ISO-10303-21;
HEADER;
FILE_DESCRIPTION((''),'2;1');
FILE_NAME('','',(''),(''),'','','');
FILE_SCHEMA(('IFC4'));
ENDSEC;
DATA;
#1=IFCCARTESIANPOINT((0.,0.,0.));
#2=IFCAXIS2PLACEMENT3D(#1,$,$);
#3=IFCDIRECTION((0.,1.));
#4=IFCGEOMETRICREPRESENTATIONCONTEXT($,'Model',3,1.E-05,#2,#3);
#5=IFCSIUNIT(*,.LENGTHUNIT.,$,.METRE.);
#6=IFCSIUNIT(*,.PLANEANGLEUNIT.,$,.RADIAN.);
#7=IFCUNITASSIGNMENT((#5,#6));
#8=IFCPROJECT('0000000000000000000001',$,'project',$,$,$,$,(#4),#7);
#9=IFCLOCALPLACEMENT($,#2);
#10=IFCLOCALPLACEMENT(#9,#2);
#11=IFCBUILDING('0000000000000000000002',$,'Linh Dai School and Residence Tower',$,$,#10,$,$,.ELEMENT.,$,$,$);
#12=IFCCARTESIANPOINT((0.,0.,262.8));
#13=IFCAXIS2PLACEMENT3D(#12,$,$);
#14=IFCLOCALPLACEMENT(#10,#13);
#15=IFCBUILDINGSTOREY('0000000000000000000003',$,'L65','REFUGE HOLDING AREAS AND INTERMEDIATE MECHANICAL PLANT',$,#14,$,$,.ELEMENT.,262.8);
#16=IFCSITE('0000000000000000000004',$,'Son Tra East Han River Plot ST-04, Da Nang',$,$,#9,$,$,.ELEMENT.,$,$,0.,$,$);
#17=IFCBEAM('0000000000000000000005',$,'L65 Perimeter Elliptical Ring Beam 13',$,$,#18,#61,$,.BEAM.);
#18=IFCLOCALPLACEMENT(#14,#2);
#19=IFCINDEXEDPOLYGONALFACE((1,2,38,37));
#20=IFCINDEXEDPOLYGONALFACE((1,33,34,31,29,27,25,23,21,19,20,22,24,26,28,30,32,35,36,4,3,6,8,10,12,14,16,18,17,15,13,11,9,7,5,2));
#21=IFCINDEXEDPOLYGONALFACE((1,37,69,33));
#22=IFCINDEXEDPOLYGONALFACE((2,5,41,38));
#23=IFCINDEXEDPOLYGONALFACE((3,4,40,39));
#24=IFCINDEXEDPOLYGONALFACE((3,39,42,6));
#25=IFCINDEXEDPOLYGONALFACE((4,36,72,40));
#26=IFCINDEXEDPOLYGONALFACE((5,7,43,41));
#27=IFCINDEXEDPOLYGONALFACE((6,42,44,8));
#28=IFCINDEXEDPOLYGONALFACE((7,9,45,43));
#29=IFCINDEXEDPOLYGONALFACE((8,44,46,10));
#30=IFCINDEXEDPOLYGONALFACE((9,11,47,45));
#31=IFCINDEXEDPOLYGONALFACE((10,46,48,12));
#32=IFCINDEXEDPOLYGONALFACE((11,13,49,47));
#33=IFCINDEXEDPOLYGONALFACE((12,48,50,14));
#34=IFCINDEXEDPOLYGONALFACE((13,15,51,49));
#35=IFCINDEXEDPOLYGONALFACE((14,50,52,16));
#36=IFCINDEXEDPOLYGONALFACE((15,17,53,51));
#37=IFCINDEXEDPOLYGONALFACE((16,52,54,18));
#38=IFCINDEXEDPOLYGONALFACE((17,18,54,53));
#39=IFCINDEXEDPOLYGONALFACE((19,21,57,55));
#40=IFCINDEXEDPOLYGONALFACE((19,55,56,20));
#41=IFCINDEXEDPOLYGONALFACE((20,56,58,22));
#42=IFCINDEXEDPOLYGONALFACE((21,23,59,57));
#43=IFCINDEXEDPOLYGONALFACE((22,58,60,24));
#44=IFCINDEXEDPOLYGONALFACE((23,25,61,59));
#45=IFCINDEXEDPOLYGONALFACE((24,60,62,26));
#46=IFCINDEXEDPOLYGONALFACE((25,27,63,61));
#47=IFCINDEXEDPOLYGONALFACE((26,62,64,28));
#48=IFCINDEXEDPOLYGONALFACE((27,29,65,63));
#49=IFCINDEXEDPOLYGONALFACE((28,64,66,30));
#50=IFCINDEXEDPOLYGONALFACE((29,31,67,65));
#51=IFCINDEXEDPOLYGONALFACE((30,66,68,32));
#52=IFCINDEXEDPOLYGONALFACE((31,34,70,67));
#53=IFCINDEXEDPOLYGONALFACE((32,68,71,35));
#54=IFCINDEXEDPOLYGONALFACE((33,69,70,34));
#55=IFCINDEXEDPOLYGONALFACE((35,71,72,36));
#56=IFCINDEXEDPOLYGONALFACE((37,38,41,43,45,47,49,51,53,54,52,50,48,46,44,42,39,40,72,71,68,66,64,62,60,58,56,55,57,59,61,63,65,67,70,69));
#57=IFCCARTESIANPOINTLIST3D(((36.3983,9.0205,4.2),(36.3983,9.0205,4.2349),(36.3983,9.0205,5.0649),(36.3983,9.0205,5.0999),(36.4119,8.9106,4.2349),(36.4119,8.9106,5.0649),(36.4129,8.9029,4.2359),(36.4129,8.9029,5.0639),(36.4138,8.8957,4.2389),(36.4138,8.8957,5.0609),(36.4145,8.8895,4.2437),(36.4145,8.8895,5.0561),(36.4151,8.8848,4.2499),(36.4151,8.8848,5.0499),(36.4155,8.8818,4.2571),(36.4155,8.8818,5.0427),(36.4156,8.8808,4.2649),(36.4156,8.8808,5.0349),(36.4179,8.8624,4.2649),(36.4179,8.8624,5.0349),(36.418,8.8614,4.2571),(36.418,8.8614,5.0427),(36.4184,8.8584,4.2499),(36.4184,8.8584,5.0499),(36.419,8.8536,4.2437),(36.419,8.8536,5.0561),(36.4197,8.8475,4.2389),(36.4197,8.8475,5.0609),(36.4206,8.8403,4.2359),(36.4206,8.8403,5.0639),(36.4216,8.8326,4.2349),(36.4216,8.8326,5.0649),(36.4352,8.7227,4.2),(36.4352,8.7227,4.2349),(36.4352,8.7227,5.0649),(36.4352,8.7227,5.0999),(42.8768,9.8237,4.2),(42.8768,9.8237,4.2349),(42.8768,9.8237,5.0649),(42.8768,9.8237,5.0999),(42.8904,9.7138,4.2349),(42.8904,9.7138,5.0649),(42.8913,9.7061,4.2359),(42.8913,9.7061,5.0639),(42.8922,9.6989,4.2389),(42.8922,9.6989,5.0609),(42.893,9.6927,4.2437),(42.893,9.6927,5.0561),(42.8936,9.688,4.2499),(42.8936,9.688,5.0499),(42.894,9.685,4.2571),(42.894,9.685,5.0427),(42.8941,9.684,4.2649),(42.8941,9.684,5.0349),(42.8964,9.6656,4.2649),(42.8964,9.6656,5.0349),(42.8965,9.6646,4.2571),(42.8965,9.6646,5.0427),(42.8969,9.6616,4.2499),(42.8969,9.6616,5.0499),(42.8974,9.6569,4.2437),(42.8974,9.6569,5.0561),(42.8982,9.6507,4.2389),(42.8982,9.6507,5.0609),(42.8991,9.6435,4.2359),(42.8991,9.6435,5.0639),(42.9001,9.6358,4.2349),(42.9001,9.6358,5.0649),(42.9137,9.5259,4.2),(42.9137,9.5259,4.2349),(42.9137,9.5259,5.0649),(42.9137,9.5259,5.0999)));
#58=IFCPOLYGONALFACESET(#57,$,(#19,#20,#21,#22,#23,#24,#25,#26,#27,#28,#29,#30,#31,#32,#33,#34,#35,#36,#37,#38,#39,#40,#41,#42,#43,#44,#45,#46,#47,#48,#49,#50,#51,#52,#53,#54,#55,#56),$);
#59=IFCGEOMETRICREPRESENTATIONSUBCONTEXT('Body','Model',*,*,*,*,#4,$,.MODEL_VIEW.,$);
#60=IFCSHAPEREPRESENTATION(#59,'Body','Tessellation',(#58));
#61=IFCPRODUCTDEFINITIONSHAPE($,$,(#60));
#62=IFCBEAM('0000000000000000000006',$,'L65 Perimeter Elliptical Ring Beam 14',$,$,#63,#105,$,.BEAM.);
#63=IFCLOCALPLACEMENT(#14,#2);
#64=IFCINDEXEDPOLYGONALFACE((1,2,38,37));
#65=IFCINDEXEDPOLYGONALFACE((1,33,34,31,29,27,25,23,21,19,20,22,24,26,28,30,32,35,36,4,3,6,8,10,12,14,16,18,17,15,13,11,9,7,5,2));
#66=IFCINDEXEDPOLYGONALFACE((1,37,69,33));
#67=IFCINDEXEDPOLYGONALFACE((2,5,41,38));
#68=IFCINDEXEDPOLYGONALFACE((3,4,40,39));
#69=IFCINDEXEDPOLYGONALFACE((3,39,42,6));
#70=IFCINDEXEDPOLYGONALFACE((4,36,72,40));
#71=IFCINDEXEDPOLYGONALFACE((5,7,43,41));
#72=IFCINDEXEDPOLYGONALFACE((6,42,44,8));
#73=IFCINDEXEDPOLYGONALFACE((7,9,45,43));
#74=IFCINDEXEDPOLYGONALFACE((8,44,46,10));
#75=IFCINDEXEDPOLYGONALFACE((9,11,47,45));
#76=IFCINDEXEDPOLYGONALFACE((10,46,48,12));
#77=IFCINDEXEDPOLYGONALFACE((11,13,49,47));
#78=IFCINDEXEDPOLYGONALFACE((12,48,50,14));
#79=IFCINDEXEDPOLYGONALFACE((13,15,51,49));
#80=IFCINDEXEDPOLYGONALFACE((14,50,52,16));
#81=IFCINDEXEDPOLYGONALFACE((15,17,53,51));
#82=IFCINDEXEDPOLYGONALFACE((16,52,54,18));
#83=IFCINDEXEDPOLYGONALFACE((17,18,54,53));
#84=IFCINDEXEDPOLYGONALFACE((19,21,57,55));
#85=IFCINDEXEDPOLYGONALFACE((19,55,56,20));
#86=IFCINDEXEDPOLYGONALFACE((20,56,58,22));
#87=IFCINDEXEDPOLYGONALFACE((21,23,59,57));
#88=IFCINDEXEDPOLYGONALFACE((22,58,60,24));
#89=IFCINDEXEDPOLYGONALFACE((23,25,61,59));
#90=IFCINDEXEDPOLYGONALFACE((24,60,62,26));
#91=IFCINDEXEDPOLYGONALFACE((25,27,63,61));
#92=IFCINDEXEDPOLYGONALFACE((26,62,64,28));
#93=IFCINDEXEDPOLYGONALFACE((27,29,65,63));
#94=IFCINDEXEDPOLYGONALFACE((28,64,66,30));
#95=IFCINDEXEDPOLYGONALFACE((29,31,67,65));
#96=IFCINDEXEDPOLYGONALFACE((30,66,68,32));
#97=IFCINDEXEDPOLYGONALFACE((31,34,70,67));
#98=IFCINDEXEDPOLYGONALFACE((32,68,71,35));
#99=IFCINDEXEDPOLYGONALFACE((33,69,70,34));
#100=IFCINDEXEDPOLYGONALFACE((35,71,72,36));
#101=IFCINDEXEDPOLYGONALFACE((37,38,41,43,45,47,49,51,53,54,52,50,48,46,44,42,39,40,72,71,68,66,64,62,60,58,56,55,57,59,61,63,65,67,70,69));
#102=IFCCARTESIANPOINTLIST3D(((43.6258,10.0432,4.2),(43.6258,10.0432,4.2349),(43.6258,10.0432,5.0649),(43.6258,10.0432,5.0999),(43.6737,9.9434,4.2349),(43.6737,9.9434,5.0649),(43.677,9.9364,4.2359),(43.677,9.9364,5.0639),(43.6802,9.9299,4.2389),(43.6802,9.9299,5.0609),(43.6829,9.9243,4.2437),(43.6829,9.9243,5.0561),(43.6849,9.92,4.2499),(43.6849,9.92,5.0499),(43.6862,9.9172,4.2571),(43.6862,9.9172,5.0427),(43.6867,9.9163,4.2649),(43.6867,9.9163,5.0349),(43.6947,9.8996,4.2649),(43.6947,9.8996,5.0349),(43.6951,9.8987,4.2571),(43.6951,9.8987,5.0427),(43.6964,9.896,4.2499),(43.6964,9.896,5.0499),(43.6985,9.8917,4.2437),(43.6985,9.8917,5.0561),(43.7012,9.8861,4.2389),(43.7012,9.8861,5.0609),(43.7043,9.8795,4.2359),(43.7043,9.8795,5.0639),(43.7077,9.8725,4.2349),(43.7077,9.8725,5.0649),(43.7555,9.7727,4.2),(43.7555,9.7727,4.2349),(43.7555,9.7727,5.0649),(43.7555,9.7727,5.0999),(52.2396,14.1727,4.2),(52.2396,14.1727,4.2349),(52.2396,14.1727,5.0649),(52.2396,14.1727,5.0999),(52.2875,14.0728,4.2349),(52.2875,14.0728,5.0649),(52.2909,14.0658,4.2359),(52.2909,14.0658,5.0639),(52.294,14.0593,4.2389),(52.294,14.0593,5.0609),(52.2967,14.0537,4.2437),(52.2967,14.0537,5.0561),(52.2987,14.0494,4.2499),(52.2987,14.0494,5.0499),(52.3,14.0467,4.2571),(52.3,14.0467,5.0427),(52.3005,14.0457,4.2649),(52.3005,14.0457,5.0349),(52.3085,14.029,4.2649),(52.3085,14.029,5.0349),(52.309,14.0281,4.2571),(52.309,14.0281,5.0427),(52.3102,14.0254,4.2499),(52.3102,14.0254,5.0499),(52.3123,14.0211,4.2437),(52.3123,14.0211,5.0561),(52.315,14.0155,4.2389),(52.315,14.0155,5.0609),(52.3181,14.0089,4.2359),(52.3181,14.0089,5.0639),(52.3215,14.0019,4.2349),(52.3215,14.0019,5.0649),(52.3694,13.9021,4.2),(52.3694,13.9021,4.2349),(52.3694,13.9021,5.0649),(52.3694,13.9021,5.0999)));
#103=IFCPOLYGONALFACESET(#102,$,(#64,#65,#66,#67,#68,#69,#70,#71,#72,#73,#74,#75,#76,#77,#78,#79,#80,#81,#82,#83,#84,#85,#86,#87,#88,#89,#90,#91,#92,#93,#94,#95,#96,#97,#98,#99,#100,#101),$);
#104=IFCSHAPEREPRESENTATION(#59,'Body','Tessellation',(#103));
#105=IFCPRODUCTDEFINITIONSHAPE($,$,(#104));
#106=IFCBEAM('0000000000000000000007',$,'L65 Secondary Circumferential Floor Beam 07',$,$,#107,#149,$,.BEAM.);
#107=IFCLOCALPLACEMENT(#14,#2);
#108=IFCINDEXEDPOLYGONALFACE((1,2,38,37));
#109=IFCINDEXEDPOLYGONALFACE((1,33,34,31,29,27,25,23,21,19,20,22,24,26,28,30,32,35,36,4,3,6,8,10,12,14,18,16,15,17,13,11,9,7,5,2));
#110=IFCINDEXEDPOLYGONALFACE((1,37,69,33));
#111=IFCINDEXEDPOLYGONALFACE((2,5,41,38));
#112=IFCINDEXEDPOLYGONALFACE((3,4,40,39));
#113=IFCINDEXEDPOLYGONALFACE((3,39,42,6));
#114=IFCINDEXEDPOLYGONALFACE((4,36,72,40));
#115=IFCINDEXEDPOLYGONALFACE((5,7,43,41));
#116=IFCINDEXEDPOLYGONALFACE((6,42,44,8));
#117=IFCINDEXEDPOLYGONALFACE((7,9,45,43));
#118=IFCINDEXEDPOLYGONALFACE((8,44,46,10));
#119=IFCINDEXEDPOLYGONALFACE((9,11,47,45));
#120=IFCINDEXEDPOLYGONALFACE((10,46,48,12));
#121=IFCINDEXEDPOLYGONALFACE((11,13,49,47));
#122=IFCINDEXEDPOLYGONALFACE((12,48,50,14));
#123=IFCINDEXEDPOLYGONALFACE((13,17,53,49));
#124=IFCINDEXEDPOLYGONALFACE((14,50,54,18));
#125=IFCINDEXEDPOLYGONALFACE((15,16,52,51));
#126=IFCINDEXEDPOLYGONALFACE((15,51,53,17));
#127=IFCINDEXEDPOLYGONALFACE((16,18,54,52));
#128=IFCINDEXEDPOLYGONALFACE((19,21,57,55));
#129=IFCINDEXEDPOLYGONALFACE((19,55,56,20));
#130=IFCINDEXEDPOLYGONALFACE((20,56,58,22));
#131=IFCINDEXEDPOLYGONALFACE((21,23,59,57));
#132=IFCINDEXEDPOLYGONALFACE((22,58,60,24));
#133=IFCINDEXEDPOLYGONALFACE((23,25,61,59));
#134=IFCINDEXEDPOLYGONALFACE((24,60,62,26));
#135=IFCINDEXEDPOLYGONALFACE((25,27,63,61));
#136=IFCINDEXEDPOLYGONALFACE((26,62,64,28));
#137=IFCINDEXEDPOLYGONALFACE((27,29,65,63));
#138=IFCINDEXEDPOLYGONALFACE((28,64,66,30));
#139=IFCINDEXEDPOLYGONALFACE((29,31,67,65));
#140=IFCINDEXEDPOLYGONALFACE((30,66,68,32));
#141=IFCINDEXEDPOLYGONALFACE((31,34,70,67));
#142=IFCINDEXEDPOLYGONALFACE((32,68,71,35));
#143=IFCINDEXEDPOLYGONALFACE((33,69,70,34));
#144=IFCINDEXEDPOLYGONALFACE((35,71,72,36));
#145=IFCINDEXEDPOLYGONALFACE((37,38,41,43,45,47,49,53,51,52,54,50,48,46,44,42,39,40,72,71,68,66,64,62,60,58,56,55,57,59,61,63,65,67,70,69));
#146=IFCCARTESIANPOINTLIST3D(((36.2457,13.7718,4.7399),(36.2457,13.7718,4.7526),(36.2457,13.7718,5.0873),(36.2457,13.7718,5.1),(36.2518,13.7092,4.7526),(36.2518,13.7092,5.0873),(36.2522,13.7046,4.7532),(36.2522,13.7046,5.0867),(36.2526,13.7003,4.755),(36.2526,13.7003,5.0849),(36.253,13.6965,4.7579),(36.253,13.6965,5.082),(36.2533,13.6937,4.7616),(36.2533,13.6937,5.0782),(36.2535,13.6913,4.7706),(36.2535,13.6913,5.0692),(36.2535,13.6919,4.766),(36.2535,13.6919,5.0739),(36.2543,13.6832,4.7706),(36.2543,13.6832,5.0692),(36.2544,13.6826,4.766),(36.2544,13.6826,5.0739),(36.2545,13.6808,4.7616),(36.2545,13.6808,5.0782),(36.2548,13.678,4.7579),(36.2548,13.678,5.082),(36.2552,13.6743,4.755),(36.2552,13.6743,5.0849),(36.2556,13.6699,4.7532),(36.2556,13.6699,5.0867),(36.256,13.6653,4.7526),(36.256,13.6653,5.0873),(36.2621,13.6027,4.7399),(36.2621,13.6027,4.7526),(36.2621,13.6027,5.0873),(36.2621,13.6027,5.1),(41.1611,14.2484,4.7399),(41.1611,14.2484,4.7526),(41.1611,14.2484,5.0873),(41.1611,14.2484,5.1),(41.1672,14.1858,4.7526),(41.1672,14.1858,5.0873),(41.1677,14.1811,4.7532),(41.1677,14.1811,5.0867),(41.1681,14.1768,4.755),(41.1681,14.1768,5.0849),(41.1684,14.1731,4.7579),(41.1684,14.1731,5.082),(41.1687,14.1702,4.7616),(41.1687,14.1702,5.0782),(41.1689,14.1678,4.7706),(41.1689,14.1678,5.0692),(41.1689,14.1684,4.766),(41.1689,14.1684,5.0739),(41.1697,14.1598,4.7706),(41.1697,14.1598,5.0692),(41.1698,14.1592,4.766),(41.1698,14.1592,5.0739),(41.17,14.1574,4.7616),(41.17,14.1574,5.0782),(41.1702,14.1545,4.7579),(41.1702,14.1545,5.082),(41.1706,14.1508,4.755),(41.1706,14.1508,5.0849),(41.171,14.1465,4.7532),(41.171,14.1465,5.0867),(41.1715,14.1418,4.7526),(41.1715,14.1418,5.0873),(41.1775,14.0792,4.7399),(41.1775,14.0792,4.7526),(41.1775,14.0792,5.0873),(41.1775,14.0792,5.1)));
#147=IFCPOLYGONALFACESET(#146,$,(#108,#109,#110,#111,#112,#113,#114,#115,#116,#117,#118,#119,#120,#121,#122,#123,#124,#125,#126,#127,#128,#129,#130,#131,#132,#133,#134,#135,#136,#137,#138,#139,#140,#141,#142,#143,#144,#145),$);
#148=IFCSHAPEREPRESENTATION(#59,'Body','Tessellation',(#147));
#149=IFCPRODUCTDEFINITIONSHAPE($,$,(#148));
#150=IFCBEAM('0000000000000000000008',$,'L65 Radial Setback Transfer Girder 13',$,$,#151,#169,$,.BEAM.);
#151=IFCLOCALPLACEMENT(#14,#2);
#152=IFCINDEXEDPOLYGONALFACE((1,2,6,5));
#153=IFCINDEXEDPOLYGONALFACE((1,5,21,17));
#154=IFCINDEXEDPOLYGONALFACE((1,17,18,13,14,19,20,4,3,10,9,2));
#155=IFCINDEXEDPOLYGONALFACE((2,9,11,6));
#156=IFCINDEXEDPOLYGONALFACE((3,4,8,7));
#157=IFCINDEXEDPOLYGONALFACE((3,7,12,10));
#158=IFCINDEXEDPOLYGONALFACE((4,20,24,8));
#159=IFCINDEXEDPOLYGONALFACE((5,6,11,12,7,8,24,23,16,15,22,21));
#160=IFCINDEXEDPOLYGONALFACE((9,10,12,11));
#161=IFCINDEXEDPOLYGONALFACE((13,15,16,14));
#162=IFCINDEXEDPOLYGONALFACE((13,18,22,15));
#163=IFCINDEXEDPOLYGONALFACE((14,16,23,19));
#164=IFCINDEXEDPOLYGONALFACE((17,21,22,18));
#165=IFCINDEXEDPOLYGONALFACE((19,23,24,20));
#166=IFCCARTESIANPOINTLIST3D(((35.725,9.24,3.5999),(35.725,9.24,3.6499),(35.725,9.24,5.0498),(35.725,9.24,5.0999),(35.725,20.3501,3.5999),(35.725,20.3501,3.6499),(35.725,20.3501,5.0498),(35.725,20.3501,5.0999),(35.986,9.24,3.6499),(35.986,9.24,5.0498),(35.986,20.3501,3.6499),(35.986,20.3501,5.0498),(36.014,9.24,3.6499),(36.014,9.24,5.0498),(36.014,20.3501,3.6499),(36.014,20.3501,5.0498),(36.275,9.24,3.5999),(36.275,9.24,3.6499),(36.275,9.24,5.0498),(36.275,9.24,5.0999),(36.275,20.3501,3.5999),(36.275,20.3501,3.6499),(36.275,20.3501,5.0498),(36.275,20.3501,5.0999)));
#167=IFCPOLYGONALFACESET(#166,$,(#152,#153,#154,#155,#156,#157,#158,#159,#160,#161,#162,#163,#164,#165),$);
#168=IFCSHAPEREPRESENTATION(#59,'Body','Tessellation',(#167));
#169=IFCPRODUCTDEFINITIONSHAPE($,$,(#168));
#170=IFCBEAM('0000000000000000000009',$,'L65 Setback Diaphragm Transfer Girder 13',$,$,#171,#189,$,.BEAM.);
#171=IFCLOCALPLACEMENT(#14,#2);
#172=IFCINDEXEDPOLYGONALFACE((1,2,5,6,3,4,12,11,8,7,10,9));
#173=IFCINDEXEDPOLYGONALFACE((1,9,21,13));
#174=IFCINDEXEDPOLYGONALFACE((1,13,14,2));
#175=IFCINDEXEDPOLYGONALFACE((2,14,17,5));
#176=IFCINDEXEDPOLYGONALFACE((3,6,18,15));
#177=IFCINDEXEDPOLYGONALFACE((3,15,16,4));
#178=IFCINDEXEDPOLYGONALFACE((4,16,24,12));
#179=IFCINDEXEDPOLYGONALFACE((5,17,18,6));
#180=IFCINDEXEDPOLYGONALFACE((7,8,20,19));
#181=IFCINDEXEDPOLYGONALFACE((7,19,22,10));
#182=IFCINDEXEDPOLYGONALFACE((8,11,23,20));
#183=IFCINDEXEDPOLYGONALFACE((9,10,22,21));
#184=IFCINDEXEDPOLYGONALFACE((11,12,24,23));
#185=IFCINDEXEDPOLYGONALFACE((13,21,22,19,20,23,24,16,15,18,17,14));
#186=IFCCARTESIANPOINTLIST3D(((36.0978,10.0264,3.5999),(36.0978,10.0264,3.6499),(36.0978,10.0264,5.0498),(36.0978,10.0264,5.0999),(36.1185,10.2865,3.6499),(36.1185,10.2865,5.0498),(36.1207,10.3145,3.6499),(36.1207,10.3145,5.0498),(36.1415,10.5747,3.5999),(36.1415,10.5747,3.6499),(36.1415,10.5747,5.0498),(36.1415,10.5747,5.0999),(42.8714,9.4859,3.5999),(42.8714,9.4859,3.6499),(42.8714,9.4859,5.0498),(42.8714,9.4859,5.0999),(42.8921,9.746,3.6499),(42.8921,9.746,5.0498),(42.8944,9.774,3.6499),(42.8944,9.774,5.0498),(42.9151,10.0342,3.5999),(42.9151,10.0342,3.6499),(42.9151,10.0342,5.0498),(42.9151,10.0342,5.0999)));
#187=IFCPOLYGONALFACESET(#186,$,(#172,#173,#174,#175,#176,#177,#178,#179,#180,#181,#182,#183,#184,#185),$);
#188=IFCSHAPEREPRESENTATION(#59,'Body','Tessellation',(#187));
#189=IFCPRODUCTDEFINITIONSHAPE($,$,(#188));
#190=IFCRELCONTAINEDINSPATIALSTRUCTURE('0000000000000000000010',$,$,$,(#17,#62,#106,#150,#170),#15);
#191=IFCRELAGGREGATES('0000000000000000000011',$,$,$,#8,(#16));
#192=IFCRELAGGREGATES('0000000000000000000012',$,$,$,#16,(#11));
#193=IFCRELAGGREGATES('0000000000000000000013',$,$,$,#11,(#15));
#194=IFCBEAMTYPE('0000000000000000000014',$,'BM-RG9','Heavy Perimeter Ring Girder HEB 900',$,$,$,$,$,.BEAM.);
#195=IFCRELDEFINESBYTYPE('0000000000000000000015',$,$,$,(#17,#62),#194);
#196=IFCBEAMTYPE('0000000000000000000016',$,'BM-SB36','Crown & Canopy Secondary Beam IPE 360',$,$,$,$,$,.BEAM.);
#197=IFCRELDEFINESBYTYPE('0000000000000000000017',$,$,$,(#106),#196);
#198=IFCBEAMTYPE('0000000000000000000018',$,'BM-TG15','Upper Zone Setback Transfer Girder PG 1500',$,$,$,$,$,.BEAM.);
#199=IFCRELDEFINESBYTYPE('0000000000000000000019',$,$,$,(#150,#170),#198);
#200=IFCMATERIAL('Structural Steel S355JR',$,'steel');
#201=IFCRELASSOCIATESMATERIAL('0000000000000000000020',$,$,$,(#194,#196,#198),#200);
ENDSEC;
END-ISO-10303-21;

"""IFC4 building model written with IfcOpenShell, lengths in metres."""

from ifc_helpers import new_model, si_unit, direction, frame, origin, origin_2d, place, context, subcontext, project, spatial, i_section, extrude, material, material_profile, profile_set, type_object, element, save


model = new_model("IFC4")

# Units and contexts
model_context = context("Model", 3, precision=1e-05, world=origin(), true_north=direction((0.0, 1.0)))
body_context = subcontext(model_context, "Body", "Model", "MODEL_VIEW")
ifc_project = project(units=[si_unit("LENGTHUNIT", "METRE"), si_unit("PLANEANGLEUNIT", "RADIAN")], contexts=[model_context])

# Site, building, storey
site_placement = place(None, origin())
site = spatial("IfcSite", under=ifc_project, at=site_placement, Name="Son Tra East Han River Plot ST-04, Da Nang", CompositionType="ELEMENT", RefElevation=0.0)
building_placement = place(site_placement, origin())
building = spatial("IfcBuilding", under=site, at=building_placement, Name="Linh Dai School and Residence Tower", CompositionType="ELEMENT")
storey_placement = place(building_placement, frame((0.0, 0.0, 262.8)))
storey = spatial("IfcBuildingStorey", under=building, at=storey_placement, Name="L65", Description="REFUGE HOLDING AREAS AND INTERMEDIATE MECHANICAL PLANT", CompositionType="ELEMENT", Elevation=262.8)

# Shared definitions
ifc_material_1 = material(Name="Structural Steel S355JR", Category="steel")

# Beams
ifc_material_profile_1 = material_profile(ifc_material_1, i_section(OverallWidth=0.3, OverallDepth=0.8999, WebThickness=0.0186, FlangeThickness=0.0349, FilletRadius=0.03, at=origin_2d()), Name="HEB 900")
ifc_profile_set_1 = profile_set([ifc_material_profile_1], Name="Structural Steel S355JR")
beam_type_1 = type_object("IfcBeamType", Name="BM-RG9", Description="Heavy Perimeter Ring Girder HEB 900", PredefinedType="BEAM", material=ifc_profile_set_1)
beam_1_placement = place(storey_placement, frame((36.4167, 8.8716, 4.6499), z_axis=(0.992402, 0.12304, 0.0), x_axis=(-0.12304, 0.992402, 0.0)))
element("IfcBeam", 1, at=beam_1_placement, inside=storey, type_object=beam_type_1, Name="L65 Perimeter Elliptical Ring Beam 13", PredefinedType="BEAM", context=body_context, shape_type="SweptSolid", body=[
    extrude(i_section(OverallWidth=0.3, OverallDepth=0.8999, WebThickness=0.0186, FlangeThickness=0.0349, FilletRadius=0.03, at=origin_2d()), origin(), (0.0, 0.0, 1.0), 6.5281),
])
beam_2_placement = place(storey_placement, frame((43.6907, 9.908, 4.6499), z_axis=(0.901736, 0.432287, 0.0), x_axis=(-0.432287, 0.901736, 0.0)))
element("IfcBeam", 2, at=beam_2_placement, inside=storey, type_object=beam_type_1, Name="L65 Perimeter Elliptical Ring Beam 14", PredefinedType="BEAM", context=body_context, shape_type="SweptSolid", body=[
    extrude(i_section(OverallWidth=0.3, OverallDepth=0.8999, WebThickness=0.0186, FlangeThickness=0.0349, FilletRadius=0.03, at=origin_2d()), origin(), (0.0, 0.0, 1.0), 9.5525),
])
ifc_material_profile_2 = material_profile(ifc_material_1, i_section(OverallWidth=0.1699, OverallDepth=0.3601, WebThickness=0.0081, FlangeThickness=0.0127, FilletRadius=0.0181, at=origin_2d()), Name="IPE 360")
ifc_profile_set_2 = profile_set([ifc_material_profile_2], Name="Structural Steel S355JR")
beam_type_2 = type_object("IfcBeamType", Name="BM-SB36", Description="Crown & Canopy Secondary Beam IPE 360", PredefinedType="BEAM", material=ifc_profile_set_2)
beam_3_placement = place(storey_placement, frame((36.2539, 13.6873, 4.9199), z_axis=(0.995333, 0.096498, 0.0), x_axis=(-0.096498, 0.995333, 0.0)))
element("IfcBeam", 3, at=beam_3_placement, inside=storey, type_object=beam_type_2, Name="L65 Secondary Circumferential Floor Beam 07", PredefinedType="BEAM", context=body_context, shape_type="SweptSolid", body=[
    extrude(i_section(OverallWidth=0.1699, OverallDepth=0.3601, WebThickness=0.0081, FlangeThickness=0.0127, FilletRadius=0.0181, at=origin_2d()), origin(), (0.0, 0.0, 1.0), 4.9385),
])
ifc_material_profile_3 = material_profile(ifc_material_1, i_section(OverallWidth=0.55, OverallDepth=1.5, WebThickness=0.0281, FlangeThickness=0.05, at=origin_2d()), Name="PG 1500x550x28x50")
ifc_profile_set_3 = profile_set([ifc_material_profile_3], Name="Structural Steel S355JR")
beam_type_3 = type_object("IfcBeamType", Name="BM-TG15", Description="Upper Zone Setback Transfer Girder PG 1500", PredefinedType="BEAM", material=ifc_profile_set_3)
beam_4_placement = place(storey_placement, frame((36.0, 20.3501, 4.3499), z_axis=(0.0, -1.0, 0.0), x_axis=(1.0, 0.0, 0.0)))
element("IfcBeam", 4, at=beam_4_placement, inside=storey, type_object=beam_type_3, Name="L65 Radial Setback Transfer Girder 13", PredefinedType="BEAM", context=body_context, shape_type="SweptSolid", body=[
    extrude(i_section(OverallWidth=0.55, OverallDepth=1.5, WebThickness=0.0281, FlangeThickness=0.05, at=origin_2d()), origin(), (0.0, 0.0, 1.0), 11.1101),
])
beam_5_placement = place(storey_placement, frame((36.1196, 10.3005, 4.3499), z_axis=(0.996831, -0.079545, 0.0), x_axis=(0.079545, 0.996831, 0.0)))
element("IfcBeam", 5, at=beam_5_placement, inside=storey, type_object=beam_type_3, Name="L65 Setback Diaphragm Transfer Girder 13", PredefinedType="BEAM", context=body_context, shape_type="SweptSolid", body=[
    extrude(i_section(OverallWidth=0.55, OverallDepth=1.5, WebThickness=0.0281, FlangeThickness=0.05, at=origin_2d()), origin(), (0.0, 0.0, 1.0), 6.7952),
])

save(model, "model.ifc")
